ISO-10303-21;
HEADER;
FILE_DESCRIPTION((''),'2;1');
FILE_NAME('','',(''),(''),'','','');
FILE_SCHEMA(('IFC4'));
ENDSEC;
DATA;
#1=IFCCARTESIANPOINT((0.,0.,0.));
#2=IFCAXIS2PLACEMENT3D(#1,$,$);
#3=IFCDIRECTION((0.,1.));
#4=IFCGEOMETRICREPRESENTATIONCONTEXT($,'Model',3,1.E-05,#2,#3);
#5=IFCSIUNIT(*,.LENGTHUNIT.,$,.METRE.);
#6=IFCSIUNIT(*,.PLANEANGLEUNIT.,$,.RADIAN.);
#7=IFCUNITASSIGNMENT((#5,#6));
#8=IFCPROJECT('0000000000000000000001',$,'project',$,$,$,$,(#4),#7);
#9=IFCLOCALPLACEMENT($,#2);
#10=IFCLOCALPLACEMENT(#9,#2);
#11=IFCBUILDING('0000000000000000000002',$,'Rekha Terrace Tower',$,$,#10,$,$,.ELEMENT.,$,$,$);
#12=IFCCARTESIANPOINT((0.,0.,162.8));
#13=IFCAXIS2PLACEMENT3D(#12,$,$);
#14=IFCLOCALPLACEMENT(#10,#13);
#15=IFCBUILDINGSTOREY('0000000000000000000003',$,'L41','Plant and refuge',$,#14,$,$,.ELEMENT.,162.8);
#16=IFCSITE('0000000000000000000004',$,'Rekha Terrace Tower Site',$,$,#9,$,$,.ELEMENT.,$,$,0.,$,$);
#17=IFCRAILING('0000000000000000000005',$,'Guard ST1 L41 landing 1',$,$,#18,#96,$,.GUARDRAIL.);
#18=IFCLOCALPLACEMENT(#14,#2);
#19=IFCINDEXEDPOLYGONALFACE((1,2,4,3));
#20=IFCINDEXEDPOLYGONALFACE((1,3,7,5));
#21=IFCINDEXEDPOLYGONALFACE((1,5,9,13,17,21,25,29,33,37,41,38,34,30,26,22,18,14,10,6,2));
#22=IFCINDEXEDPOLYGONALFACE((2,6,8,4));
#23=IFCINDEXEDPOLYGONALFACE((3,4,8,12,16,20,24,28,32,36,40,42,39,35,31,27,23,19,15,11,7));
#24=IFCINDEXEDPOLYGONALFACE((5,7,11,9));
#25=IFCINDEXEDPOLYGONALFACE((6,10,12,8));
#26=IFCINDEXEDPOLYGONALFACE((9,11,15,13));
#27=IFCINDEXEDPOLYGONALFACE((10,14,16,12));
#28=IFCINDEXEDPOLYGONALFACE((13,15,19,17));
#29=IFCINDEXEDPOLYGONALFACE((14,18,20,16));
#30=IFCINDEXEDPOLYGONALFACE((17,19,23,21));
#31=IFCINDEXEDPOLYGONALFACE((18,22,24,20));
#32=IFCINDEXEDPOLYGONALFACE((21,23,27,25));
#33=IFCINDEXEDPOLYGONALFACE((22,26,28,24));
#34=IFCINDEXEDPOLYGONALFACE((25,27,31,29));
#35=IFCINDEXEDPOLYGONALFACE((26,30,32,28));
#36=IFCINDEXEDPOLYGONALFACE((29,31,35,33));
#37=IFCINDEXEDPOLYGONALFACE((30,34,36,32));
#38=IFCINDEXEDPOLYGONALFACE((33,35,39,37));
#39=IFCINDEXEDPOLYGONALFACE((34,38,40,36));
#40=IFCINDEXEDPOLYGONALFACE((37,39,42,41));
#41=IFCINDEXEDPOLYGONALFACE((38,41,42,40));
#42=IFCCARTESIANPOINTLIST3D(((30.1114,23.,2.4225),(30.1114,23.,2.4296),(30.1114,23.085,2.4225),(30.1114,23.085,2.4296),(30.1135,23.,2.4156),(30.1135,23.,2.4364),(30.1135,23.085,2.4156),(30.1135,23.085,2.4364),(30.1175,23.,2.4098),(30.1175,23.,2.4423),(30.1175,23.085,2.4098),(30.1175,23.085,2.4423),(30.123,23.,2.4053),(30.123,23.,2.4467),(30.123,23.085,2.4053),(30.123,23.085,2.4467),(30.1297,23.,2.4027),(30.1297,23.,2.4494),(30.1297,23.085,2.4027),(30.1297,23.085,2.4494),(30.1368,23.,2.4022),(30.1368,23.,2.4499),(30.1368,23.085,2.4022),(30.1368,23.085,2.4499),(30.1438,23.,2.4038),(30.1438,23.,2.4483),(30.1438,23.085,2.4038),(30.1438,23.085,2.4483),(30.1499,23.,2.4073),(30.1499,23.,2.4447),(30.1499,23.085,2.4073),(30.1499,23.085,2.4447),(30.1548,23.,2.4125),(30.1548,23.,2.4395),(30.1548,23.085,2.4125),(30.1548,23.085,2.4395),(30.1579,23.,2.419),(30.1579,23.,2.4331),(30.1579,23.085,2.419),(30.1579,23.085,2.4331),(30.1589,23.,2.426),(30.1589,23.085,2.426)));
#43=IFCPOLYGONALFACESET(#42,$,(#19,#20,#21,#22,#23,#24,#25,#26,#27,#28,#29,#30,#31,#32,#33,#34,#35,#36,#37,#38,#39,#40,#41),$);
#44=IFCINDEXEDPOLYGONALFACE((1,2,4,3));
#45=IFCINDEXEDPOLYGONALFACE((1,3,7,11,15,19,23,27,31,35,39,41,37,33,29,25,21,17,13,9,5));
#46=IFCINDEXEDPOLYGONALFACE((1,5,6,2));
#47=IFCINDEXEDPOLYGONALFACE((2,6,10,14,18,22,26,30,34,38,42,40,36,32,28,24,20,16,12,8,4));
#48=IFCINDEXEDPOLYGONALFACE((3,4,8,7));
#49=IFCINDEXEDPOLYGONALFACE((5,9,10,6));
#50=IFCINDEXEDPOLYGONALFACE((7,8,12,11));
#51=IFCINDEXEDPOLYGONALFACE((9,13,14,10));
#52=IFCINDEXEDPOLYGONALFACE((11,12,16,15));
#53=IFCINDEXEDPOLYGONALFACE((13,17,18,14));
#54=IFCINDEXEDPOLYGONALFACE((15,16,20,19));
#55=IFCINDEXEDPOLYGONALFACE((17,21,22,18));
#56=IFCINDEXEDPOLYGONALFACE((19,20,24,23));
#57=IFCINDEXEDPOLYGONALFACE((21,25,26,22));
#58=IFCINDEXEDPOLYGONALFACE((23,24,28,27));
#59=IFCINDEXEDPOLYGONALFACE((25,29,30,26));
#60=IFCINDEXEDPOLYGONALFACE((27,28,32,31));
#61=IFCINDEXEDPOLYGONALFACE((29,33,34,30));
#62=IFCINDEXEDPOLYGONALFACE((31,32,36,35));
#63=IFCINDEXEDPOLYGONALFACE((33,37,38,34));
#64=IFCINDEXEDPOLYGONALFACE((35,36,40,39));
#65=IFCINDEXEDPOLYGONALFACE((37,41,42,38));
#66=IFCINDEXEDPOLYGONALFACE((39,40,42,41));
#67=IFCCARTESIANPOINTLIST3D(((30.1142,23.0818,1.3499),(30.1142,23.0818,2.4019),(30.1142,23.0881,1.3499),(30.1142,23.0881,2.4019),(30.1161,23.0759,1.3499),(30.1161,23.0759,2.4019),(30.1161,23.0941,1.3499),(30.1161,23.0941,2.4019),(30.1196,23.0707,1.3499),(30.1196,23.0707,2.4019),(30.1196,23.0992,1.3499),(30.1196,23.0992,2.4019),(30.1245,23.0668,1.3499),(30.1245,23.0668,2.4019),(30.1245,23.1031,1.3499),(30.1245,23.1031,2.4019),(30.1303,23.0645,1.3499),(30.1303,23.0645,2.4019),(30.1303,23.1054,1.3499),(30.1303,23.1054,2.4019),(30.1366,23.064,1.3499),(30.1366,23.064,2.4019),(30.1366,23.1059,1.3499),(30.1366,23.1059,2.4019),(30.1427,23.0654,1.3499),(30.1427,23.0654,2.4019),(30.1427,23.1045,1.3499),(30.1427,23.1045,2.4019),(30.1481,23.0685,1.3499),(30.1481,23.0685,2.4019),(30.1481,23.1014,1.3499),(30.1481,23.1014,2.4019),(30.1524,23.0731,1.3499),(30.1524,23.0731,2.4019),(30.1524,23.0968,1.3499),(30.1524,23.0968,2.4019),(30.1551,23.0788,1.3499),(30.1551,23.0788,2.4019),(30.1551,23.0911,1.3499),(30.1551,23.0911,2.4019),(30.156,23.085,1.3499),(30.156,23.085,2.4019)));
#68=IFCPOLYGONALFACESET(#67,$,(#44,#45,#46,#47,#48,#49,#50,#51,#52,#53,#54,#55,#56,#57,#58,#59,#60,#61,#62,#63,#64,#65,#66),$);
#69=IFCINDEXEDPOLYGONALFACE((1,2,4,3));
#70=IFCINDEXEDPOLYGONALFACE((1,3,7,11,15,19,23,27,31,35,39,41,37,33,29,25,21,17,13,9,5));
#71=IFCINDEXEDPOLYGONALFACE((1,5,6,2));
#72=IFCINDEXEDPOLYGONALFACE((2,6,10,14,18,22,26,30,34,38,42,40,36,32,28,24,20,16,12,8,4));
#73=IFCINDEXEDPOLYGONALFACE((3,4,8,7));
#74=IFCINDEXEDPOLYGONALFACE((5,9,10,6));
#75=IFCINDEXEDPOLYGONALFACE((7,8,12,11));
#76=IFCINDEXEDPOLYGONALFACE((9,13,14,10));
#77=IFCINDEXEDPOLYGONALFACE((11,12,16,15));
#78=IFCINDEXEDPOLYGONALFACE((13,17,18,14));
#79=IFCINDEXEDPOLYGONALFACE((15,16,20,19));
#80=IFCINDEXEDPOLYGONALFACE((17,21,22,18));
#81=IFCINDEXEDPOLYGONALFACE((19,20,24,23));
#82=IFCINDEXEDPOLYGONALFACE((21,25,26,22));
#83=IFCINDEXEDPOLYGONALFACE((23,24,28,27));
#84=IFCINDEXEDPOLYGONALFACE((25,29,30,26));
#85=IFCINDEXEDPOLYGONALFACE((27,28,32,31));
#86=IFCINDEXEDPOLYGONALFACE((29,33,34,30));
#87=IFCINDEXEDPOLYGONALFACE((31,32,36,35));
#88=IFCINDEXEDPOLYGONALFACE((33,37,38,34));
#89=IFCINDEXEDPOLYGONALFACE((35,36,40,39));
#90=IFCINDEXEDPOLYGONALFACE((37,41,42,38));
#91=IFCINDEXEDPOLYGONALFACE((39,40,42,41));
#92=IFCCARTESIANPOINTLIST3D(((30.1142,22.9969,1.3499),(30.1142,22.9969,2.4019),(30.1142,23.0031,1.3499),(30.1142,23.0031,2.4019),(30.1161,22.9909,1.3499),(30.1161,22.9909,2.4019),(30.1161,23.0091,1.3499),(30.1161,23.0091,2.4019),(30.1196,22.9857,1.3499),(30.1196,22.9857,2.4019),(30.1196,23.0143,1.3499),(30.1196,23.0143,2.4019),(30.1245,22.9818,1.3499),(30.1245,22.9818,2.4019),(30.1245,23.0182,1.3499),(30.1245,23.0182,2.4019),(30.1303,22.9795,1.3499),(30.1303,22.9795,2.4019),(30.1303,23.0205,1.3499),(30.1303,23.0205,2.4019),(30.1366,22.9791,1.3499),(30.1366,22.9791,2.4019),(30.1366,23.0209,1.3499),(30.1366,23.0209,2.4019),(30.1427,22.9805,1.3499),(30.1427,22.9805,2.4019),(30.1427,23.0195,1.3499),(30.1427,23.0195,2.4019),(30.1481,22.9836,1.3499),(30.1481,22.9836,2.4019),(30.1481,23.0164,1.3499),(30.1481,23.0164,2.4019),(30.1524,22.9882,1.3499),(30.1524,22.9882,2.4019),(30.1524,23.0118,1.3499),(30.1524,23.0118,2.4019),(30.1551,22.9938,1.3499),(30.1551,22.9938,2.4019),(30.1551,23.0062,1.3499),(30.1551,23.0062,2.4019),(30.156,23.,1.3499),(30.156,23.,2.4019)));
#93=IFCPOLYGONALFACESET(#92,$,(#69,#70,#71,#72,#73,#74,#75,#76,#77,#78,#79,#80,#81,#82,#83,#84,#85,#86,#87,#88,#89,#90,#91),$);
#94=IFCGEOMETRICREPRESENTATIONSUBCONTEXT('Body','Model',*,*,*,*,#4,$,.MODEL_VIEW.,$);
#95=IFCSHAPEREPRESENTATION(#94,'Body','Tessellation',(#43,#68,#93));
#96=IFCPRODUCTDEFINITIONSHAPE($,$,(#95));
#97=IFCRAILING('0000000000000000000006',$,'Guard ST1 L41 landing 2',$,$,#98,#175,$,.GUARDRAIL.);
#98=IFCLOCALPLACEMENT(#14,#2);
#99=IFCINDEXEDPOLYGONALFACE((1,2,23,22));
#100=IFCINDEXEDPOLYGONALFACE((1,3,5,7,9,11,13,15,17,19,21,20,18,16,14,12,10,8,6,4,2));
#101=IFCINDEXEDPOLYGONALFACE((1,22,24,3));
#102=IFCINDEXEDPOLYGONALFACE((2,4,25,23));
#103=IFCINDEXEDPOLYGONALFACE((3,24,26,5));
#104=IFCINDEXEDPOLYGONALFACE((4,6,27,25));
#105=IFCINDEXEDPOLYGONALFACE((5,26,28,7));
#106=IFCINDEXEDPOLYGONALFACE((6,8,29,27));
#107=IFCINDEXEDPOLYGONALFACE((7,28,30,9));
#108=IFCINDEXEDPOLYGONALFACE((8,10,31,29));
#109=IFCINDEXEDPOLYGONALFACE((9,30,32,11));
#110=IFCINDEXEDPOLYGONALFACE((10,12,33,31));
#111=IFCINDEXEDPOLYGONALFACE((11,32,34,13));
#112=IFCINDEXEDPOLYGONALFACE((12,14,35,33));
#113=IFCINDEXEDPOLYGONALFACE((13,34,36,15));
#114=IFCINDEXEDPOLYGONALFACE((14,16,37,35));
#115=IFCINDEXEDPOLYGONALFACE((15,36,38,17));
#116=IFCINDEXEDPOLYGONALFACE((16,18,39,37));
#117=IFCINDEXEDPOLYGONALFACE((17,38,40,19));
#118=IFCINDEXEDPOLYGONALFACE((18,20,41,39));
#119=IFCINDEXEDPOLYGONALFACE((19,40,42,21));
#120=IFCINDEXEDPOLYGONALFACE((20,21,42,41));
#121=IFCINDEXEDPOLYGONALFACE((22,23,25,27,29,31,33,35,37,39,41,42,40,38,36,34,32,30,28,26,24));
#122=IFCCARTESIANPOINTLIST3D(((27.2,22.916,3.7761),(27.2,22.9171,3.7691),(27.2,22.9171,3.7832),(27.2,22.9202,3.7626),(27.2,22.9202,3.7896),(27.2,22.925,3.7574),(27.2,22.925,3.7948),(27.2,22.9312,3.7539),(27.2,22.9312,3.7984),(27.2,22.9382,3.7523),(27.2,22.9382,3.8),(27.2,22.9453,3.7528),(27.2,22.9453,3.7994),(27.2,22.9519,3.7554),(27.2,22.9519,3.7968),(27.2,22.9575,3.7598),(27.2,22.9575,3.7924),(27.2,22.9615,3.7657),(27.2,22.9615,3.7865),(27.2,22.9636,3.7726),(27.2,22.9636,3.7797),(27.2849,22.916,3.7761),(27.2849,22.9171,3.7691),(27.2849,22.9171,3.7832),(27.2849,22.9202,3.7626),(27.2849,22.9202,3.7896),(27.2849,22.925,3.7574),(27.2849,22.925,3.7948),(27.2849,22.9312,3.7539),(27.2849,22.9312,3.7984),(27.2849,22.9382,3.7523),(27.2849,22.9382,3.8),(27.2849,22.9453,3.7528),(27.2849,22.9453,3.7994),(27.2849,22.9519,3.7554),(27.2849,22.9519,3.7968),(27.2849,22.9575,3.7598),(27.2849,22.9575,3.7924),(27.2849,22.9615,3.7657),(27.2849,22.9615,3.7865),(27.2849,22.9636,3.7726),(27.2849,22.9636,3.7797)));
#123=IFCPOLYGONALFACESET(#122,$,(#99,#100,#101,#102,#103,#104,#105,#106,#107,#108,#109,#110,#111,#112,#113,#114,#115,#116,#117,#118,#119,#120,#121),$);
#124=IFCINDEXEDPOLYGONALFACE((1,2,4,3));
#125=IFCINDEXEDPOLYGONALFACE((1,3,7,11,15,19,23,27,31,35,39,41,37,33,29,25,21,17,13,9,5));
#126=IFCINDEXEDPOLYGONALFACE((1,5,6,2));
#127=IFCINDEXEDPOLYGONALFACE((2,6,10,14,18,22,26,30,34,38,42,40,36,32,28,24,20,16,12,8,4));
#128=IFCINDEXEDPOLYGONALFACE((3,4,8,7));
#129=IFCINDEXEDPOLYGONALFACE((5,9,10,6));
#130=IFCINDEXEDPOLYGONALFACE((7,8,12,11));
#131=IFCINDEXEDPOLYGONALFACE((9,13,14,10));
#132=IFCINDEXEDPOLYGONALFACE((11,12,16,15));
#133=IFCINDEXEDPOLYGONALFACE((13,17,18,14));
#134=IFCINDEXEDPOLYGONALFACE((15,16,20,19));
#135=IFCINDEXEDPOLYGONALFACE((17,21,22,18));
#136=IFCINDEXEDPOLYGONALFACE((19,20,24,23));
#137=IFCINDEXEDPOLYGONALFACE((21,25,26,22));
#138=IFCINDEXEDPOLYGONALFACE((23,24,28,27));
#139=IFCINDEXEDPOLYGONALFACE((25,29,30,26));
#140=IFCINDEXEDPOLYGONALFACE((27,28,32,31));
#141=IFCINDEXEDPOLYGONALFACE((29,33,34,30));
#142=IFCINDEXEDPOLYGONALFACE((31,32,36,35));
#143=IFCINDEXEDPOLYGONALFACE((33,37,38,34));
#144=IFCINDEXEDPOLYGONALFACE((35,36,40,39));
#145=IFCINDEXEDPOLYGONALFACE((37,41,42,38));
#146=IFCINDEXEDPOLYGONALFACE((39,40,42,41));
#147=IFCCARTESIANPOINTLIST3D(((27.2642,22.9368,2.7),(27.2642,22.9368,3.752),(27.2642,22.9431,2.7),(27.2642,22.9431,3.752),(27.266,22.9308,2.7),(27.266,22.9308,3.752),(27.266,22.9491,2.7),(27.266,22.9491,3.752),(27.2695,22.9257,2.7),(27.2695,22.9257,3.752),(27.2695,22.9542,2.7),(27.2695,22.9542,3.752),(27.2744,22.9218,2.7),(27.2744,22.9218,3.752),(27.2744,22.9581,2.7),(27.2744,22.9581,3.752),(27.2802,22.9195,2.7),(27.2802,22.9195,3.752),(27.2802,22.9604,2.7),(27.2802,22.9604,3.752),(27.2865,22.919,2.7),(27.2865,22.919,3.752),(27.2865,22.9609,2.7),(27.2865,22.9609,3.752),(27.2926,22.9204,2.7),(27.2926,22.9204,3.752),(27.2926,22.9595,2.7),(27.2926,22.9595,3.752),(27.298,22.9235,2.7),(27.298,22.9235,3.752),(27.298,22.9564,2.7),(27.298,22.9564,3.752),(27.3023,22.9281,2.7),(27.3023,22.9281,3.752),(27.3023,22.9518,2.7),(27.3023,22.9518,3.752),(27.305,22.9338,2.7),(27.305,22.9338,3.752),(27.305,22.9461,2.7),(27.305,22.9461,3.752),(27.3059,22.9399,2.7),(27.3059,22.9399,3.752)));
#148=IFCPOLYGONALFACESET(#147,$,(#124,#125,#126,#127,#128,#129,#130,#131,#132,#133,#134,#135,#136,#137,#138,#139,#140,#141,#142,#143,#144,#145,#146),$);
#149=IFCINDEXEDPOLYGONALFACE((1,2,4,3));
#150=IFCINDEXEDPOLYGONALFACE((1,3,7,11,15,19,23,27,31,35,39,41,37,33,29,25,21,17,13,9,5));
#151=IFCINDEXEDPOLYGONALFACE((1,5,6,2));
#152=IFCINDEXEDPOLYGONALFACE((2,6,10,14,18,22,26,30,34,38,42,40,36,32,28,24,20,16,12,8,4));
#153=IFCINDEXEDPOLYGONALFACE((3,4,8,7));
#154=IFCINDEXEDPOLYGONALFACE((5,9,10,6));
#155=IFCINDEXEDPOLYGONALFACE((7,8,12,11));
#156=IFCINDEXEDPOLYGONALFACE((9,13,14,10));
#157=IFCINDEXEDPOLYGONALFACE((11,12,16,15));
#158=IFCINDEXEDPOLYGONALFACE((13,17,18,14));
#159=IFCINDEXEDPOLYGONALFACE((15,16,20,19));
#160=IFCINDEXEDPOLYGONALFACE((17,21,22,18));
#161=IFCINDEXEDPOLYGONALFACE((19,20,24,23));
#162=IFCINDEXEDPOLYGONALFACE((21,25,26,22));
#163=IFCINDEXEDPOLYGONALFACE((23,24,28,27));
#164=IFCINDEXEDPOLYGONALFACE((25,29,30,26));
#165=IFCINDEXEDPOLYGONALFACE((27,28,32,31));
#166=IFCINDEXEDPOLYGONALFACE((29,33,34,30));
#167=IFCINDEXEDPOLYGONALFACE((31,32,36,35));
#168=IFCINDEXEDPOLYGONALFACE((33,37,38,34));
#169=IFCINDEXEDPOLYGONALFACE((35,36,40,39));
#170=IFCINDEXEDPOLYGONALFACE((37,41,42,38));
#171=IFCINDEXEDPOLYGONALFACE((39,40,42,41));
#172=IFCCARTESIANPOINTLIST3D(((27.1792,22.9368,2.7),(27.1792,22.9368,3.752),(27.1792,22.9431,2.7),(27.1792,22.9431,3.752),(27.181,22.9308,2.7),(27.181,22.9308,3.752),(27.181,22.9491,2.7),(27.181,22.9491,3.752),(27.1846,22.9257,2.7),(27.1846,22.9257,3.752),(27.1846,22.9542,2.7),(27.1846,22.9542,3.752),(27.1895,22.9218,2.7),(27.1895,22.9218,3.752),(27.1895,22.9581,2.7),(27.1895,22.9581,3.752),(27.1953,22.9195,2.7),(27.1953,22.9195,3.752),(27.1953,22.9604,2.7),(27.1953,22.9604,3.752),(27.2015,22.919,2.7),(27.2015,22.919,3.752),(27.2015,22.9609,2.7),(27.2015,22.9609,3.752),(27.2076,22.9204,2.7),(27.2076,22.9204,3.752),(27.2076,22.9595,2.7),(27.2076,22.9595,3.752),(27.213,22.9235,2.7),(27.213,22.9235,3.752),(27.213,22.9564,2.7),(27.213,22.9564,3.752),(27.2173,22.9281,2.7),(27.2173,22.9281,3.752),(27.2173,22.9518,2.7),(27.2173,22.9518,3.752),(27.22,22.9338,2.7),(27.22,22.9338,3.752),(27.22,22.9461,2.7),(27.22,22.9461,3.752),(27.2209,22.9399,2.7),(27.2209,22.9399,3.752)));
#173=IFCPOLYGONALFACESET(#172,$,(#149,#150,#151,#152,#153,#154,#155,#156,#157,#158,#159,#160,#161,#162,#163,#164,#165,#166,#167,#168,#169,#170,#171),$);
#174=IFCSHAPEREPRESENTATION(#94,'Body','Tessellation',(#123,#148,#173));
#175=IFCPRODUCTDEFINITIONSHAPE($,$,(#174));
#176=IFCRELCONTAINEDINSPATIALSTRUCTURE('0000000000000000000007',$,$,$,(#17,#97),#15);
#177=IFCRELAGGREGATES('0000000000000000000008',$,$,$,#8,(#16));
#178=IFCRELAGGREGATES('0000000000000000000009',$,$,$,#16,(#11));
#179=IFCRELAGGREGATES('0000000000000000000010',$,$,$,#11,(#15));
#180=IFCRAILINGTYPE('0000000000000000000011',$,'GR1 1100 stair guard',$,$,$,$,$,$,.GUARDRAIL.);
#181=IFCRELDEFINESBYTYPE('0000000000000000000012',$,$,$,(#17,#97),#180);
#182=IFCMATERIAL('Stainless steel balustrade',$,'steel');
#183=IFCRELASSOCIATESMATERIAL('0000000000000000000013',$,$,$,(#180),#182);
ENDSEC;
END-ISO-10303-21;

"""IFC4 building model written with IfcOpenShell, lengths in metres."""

from ifc_helpers import new_model, si_unit, direction, frame, origin, origin_2d, place, context, subcontext, project, spatial, circle, extrude, material, type_object, element, save


model = new_model("IFC4")

# Units and contexts
model_context = context("Model", 3, precision=1e-05, world=origin(), true_north=direction((0.0, 1.0)))
body_context = subcontext(model_context, "Body", "Model", "MODEL_VIEW")
ifc_project = project(units=[si_unit("LENGTHUNIT", "METRE"), si_unit("PLANEANGLEUNIT", "RADIAN")], contexts=[model_context])

# Site, building, storey
site_placement = place(None, origin())
site = spatial("IfcSite", under=ifc_project, at=site_placement, Name="Rekha Terrace Tower Site", CompositionType="ELEMENT", RefElevation=0.0)
building_placement = place(site_placement, origin())
building = spatial("IfcBuilding", under=site, at=building_placement, Name="Rekha Terrace Tower", CompositionType="ELEMENT")
storey_placement = place(building_placement, frame((0.0, 0.0, 162.8)))
storey = spatial("IfcBuildingStorey", under=building, at=storey_placement, Name="L41", Description="Plant and refuge", CompositionType="ELEMENT", Elevation=162.8)

# Railings
ifc_material_1 = material(Name="Stainless steel balustrade", Category="steel")
railing_type_1 = type_object("IfcRailingType", Name="GR1 1100 stair guard", PredefinedType="GUARDRAIL", material=ifc_material_1)
railing_1_placement = place(storey_placement, frame((30.135, 23.085, 1.3499)))
element("IfcRailing", 1, at=railing_1_placement, inside=storey, type_object=railing_type_1, Name="Guard ST1 L41 landing 1", PredefinedType="GUARDRAIL", context=body_context, shape_type="SweptSolid", body=[
    extrude(circle(Radius=0.0239, at=origin_2d()), frame((0.0, 0.0, 1.0762), z_axis=(0.0, -1.0, 0.0), x_axis=(1.0, 0.0, 0.0)), (0.0, 0.0, 1.0), 0.085),
    extrude(circle(Radius=0.021, at=origin_2d()), origin(), (0.0, 0.0, 1.0), 1.052),
    extrude(circle(Radius=0.021, at=origin_2d()), frame((0.0, -0.085, 0.0)), (0.0, 0.0, 1.0), 1.052),
])
railing_2_placement = place(storey_placement, frame((27.2849, 22.9399, 2.7)))
element("IfcRailing", 2, at=railing_2_placement, inside=storey, type_object=railing_type_1, Name="Guard ST1 L41 landing 2", PredefinedType="GUARDRAIL", context=body_context, shape_type="SweptSolid", body=[
    extrude(circle(Radius=0.0239, at=origin_2d()), frame((0.0, 0.0, 1.0762), z_axis=(-1.0, 0.0, 0.0), x_axis=(0.0, -1.0, 0.0)), (0.0, 0.0, 1.0), 0.085),
    extrude(circle(Radius=0.021, at=origin_2d()), origin(), (0.0, 0.0, 1.0), 1.052),
    extrude(circle(Radius=0.021, at=origin_2d()), frame((-0.085, 0.0, 0.0)), (0.0, 0.0, 1.0), 1.052),
])

save(model, "model.ifc")
